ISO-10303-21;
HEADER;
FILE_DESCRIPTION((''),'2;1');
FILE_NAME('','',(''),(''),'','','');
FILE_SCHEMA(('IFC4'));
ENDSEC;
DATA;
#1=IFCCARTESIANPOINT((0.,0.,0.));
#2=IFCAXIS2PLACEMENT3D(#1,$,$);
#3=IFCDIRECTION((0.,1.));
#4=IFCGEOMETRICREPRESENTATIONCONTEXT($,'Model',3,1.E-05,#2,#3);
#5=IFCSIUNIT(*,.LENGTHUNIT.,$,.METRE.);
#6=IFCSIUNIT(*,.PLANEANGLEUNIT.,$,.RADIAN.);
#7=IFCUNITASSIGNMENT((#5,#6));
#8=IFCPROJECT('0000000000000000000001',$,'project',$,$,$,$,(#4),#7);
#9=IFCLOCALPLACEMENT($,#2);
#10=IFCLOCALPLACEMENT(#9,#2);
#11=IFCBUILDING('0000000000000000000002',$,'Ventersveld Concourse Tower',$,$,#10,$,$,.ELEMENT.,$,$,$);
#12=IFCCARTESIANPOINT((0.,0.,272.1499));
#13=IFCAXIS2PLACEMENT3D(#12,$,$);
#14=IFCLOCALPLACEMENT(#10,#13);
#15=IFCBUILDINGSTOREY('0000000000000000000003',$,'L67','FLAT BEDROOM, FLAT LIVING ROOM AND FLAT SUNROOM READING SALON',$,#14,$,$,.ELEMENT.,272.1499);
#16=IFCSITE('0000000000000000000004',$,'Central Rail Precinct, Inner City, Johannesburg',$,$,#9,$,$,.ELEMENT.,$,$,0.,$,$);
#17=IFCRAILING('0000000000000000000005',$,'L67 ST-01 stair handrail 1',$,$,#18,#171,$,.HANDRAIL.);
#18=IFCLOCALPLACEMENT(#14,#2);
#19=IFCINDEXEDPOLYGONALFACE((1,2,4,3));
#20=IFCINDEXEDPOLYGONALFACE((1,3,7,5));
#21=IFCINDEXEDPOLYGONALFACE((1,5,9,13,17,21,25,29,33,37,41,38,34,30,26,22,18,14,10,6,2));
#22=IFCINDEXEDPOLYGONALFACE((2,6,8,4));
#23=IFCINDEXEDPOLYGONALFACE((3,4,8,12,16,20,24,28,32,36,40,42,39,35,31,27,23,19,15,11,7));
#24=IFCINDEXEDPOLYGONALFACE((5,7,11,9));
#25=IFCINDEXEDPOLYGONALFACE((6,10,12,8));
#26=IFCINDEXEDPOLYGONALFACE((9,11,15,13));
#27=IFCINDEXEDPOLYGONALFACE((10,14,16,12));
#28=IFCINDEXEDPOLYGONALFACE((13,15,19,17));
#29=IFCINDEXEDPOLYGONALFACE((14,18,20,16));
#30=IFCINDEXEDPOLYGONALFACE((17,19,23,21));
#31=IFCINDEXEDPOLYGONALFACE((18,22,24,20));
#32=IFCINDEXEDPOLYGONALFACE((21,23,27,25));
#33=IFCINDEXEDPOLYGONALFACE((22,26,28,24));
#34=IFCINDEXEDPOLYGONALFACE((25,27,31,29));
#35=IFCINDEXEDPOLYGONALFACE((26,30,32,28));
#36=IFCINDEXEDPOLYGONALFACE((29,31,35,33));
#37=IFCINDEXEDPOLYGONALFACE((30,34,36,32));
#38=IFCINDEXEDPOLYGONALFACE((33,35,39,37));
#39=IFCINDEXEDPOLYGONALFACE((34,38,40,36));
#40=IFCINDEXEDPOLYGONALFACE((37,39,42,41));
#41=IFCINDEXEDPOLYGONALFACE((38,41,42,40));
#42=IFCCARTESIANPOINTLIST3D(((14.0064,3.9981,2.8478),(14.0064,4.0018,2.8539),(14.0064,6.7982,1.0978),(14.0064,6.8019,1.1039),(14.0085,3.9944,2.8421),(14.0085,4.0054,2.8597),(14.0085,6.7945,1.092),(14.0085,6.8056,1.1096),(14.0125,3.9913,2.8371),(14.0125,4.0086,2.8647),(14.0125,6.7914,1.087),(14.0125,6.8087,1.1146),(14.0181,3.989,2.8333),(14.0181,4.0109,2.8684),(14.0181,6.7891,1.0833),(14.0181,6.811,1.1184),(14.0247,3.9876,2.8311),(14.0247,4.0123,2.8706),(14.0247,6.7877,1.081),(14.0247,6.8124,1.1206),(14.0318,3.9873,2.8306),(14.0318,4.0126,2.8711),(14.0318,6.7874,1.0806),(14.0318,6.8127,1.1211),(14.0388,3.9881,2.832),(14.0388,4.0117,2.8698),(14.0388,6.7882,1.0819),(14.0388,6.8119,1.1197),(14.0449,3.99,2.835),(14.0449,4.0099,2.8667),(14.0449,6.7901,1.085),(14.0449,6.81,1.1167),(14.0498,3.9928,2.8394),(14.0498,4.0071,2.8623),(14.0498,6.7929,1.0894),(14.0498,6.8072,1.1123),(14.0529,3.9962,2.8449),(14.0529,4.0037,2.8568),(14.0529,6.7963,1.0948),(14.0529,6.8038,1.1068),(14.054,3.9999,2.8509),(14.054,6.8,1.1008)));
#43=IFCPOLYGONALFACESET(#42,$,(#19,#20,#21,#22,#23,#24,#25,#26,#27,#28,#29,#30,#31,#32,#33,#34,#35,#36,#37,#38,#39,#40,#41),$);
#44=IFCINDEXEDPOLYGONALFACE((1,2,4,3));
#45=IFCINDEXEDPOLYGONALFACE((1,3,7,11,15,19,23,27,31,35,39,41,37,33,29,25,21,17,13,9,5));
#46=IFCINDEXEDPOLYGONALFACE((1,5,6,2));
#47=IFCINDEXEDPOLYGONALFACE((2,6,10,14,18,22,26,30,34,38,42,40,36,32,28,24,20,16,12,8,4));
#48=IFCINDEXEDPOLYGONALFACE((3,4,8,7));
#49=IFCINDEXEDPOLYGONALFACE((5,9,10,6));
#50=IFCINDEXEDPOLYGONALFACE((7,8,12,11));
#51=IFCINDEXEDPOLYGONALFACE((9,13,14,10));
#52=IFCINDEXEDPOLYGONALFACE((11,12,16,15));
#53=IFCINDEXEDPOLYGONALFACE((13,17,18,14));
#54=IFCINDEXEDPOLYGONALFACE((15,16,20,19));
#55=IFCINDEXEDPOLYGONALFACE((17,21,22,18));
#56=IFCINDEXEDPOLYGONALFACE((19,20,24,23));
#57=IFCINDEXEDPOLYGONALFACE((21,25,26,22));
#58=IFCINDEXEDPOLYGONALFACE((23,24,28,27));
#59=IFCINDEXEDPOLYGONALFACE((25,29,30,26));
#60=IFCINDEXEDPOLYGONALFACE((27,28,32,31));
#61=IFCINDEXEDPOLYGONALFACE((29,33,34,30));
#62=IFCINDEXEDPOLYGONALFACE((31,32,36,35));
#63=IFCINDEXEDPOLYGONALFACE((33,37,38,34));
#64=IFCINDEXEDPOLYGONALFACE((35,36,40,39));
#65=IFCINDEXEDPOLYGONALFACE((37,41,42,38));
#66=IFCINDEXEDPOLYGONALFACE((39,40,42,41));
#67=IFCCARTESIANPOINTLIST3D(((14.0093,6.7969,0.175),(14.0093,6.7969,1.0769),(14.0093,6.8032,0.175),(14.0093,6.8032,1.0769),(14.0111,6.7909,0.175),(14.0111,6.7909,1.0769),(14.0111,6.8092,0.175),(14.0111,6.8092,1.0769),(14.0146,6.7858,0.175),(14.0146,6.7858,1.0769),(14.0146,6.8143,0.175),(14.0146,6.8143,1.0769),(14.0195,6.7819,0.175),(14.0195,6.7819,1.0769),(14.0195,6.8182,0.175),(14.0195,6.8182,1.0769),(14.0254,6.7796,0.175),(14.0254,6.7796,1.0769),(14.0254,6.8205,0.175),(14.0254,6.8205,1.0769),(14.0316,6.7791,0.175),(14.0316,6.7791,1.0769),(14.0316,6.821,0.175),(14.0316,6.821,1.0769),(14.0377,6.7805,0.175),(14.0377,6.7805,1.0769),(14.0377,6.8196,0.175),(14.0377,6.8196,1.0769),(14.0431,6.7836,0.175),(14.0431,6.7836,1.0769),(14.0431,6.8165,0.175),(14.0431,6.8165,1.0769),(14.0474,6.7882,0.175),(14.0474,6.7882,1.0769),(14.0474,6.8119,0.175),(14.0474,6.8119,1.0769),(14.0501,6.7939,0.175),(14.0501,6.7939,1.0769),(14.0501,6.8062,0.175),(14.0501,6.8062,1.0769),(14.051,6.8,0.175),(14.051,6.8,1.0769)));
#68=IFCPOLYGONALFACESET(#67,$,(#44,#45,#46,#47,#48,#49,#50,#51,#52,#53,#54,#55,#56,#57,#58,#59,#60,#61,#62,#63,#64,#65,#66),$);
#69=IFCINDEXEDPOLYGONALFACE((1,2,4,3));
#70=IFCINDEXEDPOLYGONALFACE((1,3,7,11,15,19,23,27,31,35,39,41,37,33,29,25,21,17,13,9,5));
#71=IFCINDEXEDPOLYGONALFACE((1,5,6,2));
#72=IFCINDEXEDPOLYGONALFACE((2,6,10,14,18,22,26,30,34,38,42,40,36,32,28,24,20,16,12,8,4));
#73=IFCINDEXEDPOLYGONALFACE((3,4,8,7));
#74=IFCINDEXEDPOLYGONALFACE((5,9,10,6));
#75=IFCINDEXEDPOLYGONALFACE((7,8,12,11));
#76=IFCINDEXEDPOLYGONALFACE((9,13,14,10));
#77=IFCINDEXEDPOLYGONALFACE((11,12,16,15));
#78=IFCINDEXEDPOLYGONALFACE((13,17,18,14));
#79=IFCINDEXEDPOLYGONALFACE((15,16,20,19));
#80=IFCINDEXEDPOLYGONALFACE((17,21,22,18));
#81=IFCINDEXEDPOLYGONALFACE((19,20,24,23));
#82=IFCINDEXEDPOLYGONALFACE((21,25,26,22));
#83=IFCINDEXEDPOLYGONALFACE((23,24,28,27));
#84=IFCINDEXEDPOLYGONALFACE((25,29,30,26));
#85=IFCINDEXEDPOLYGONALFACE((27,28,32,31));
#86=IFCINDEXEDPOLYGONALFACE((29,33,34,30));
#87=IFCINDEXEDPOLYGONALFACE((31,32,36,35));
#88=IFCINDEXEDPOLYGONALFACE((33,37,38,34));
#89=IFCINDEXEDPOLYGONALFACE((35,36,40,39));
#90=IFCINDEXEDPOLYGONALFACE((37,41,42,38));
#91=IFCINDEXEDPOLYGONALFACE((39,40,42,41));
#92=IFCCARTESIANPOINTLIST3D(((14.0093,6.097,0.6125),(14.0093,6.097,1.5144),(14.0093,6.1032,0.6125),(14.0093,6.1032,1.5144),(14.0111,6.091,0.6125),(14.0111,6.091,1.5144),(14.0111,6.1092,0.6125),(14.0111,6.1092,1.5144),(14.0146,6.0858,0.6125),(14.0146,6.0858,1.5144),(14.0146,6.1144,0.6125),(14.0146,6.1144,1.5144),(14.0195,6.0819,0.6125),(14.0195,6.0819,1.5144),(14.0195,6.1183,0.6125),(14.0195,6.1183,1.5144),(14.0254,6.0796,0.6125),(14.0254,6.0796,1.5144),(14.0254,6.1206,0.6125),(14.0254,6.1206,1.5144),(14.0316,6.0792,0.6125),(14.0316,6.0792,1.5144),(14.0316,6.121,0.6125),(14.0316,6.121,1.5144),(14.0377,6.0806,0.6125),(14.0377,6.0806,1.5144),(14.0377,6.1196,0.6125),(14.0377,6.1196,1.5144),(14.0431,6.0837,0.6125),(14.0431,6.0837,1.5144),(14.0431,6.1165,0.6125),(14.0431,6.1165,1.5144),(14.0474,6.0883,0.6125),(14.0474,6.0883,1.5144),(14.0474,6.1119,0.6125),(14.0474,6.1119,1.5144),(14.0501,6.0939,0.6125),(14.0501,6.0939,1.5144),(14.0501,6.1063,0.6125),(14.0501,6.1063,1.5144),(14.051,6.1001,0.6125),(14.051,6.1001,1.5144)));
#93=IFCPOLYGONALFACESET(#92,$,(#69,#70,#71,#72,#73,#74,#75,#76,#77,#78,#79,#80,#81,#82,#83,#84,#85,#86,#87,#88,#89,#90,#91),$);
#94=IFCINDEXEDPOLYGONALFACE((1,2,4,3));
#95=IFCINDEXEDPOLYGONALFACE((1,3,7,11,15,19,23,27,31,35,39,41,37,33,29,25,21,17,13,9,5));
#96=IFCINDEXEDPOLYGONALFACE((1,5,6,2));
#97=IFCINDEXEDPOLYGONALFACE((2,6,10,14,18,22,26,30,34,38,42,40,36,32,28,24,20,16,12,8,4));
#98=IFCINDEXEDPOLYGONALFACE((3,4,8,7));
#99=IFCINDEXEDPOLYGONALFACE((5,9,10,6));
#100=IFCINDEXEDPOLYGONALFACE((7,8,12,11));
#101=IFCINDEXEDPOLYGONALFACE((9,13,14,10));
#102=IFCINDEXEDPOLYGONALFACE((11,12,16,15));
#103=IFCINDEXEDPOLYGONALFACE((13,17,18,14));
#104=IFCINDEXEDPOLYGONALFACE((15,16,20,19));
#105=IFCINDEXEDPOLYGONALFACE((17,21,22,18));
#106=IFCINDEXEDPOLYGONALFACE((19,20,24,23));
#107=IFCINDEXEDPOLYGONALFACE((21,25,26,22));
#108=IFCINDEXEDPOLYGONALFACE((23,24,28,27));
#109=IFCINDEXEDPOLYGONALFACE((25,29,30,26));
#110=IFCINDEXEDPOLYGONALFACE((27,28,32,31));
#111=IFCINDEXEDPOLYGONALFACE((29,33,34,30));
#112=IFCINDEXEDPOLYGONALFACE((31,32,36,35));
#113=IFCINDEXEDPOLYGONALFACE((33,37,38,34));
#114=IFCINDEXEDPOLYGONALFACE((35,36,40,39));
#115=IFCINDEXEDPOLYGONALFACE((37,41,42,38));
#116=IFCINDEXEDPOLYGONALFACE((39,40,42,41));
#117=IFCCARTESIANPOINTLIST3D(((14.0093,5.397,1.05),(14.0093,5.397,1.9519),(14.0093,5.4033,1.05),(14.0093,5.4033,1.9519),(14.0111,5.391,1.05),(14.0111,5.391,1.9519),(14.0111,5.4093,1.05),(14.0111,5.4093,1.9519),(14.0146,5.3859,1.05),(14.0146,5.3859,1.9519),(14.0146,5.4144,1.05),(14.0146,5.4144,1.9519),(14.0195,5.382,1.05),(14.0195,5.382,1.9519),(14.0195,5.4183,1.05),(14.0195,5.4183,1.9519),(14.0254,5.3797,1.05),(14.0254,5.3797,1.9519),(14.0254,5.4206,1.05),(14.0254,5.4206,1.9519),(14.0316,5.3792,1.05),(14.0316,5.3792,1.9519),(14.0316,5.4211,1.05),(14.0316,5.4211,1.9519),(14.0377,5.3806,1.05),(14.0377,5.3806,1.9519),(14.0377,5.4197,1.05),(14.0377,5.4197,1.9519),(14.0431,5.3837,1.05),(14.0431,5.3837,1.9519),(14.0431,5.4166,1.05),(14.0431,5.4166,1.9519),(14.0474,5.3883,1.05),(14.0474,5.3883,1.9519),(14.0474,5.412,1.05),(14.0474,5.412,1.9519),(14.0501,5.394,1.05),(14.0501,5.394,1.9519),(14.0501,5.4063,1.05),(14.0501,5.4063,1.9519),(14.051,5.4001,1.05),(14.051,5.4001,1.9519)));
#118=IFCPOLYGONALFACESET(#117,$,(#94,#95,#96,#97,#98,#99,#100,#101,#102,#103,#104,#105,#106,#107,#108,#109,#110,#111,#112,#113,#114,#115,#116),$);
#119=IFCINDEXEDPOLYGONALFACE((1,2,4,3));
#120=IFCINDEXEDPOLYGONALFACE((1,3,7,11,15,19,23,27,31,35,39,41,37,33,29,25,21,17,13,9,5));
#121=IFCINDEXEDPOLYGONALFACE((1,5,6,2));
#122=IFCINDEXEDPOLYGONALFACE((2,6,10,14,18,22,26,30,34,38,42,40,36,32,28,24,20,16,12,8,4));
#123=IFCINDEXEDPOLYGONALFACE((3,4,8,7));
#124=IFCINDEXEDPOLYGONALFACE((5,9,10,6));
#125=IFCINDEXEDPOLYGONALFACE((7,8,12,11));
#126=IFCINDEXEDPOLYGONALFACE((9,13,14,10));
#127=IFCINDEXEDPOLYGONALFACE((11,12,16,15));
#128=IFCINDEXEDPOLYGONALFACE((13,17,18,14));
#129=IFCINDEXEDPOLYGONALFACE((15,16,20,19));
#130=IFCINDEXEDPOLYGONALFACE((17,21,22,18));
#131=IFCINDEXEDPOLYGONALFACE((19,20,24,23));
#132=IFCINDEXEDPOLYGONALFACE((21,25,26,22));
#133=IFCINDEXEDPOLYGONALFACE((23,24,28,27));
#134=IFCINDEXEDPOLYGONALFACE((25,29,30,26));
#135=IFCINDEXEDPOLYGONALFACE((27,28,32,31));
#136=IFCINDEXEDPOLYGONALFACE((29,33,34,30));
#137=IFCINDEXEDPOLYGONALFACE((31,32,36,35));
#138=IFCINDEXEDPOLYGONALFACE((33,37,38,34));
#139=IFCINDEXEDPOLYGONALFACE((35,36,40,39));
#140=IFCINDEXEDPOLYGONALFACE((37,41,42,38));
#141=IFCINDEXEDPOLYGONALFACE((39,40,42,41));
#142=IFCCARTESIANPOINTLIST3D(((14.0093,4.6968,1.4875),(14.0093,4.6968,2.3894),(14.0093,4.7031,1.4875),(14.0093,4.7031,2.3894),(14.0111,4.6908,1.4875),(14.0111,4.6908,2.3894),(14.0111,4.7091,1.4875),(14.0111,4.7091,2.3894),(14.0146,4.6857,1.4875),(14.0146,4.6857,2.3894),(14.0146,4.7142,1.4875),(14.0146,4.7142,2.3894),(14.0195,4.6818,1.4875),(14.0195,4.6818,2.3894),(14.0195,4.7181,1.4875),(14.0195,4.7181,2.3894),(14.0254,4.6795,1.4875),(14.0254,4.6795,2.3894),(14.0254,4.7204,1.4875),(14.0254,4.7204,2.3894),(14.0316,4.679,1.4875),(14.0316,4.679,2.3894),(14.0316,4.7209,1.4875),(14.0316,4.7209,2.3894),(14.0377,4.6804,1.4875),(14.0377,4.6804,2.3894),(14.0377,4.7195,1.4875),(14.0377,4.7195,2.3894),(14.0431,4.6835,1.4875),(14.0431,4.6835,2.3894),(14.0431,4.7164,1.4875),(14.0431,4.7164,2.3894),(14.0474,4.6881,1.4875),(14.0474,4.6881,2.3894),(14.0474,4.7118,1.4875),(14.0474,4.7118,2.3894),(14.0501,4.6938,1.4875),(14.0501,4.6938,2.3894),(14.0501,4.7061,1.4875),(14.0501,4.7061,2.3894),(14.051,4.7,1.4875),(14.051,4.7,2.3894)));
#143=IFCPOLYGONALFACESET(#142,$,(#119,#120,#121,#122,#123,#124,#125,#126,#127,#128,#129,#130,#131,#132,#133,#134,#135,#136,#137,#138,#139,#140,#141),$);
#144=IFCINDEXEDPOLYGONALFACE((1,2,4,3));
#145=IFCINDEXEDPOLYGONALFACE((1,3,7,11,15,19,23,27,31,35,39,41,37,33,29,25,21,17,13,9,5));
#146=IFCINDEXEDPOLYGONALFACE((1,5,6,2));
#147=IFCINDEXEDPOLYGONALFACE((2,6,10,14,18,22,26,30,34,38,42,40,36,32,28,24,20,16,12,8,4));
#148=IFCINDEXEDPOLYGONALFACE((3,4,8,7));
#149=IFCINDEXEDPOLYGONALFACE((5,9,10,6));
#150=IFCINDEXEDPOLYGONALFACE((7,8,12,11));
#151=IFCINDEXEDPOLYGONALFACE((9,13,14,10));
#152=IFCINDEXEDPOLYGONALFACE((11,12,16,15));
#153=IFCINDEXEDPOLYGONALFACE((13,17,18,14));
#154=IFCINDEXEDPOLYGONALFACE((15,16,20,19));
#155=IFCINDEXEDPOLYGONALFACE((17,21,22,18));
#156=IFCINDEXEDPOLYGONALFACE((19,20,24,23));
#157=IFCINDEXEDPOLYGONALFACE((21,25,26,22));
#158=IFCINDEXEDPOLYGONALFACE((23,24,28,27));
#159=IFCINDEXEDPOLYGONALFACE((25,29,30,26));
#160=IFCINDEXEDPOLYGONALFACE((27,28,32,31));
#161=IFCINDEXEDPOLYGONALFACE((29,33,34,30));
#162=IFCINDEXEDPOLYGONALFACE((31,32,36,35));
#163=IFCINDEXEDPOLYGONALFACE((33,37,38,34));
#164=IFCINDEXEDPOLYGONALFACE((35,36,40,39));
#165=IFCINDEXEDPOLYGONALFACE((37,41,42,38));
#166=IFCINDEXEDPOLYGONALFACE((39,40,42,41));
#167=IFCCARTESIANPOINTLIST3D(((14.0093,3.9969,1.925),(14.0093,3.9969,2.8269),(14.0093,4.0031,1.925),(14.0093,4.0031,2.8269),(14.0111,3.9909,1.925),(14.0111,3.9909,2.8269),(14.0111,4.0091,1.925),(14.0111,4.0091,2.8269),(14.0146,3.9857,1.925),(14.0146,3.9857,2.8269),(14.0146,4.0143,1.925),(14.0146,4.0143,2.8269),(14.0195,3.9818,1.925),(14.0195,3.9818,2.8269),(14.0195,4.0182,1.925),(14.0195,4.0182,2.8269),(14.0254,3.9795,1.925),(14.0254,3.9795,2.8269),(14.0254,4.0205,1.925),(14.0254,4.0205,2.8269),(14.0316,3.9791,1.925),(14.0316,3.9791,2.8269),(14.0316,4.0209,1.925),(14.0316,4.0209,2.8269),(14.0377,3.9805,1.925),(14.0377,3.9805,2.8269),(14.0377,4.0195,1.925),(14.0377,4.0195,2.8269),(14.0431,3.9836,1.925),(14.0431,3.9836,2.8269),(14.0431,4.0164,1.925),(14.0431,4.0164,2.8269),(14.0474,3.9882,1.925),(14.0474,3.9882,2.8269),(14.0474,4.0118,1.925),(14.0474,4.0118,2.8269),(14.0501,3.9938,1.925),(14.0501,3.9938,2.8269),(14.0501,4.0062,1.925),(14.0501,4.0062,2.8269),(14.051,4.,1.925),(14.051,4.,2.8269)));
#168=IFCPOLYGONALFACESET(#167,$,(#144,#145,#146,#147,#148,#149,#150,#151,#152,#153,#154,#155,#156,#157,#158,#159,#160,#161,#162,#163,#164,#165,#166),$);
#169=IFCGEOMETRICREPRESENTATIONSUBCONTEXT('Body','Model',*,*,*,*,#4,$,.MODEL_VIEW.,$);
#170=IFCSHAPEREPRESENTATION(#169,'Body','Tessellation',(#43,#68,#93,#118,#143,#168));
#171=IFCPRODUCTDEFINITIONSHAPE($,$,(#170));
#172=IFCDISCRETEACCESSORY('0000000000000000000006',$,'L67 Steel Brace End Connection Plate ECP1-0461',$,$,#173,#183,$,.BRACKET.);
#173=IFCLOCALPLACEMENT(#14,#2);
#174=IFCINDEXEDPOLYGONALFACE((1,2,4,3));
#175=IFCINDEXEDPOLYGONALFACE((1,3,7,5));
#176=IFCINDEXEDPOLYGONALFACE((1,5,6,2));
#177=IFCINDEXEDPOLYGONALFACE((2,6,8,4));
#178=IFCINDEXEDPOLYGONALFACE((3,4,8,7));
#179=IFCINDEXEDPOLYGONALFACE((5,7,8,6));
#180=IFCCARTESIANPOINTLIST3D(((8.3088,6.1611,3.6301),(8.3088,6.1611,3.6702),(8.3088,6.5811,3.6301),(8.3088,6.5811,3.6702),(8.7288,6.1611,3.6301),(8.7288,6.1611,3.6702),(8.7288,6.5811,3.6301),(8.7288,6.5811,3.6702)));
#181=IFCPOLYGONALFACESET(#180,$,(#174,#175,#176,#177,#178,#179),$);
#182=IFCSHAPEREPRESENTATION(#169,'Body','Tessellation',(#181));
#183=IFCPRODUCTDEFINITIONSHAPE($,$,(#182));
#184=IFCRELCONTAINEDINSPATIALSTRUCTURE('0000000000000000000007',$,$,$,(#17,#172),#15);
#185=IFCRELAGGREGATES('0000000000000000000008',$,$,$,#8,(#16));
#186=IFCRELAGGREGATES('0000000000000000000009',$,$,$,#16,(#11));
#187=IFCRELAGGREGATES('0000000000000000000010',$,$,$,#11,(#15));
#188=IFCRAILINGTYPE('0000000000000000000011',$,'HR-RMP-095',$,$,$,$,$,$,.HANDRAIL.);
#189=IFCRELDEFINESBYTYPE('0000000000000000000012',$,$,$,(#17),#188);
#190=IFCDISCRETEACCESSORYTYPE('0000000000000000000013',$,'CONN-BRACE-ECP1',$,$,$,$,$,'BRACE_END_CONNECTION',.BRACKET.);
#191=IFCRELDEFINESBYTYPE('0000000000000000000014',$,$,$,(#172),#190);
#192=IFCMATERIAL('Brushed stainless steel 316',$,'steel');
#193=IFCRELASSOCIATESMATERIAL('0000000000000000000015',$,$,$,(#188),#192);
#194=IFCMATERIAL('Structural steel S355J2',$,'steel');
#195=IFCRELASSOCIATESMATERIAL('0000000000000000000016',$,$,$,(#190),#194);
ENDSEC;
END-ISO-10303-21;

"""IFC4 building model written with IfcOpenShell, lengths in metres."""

from ifc_helpers import new_model, si_unit, direction, frame, origin, origin_2d, place, context, subcontext, project, spatial, rectangle, circle, extrude, material, type_object, element, save


model = new_model("IFC4")

# Units and contexts
model_context = context("Model", 3, precision=1e-05, world=origin(), true_north=direction((0.0, 1.0)))
body_context = subcontext(model_context, "Body", "Model", "MODEL_VIEW")
ifc_project = project(units=[si_unit("LENGTHUNIT", "METRE"), si_unit("PLANEANGLEUNIT", "RADIAN")], contexts=[model_context])

# Site, building, storey
site_placement = place(None, origin())
site = spatial("IfcSite", under=ifc_project, at=site_placement, Name="Central Rail Precinct, Inner City, Johannesburg", CompositionType="ELEMENT", RefElevation=0.0)
building_placement = place(site_placement, origin())
building = spatial("IfcBuilding", under=site, at=building_placement, Name="Ventersveld Concourse Tower", CompositionType="ELEMENT")
storey_placement = place(building_placement, frame((0.0, 0.0, 272.1499)))
storey = spatial("IfcBuildingStorey", under=building, at=storey_placement, Name="L67", Description="FLAT BEDROOM, FLAT LIVING ROOM AND FLAT SUNROOM READING SALON", CompositionType="ELEMENT", Elevation=272.1499)

# Shared definitions
ifc_material_1 = material(Name="Structural steel S355J2", Category="steel")

# Railing
ifc_material_2 = material(Name="Brushed stainless steel 316", Category="steel")
railing_type = type_object("IfcRailingType", Name="HR-RMP-095", PredefinedType="HANDRAIL", material=ifc_material_2)
railing_placement = place(storey_placement, frame((14.03, 6.8, 0.175)))
element("IfcRailing", 1, at=railing_placement, inside=storey, type_object=railing_type, Name="L67 ST-01 stair handrail 1", PredefinedType="HANDRAIL", context=body_context, shape_type="SweptSolid", body=[
    extrude(circle(Radius=0.0239, at=origin_2d()), frame((0.0, 0.0, 0.9258), z_axis=(0.0, -0.848002, 0.529992), x_axis=(1.0, 0.0, 0.0)), (0.0, 0.0, 1.0), 3.302),
    extrude(circle(Radius=0.021, at=origin_2d()), origin(), (0.0, 0.0, 1.0), 0.9019),
    extrude(circle(Radius=0.021, at=origin_2d()), frame((0.0, -0.7, 0.4375)), (0.0, 0.0, 1.0), 0.9019),
    extrude(circle(Radius=0.021, at=origin_2d()), frame((0.0, -1.3999, 0.875)), (0.0, 0.0, 1.0), 0.9019),
    extrude(circle(Radius=0.021, at=origin_2d()), frame((0.0, -2.1001, 1.3125)), (0.0, 0.0, 1.0), 0.9019),
    extrude(circle(Radius=0.021, at=origin_2d()), frame((0.0, -2.8, 1.75)), (0.0, 0.0, 1.0), 0.9019),
])

# Discrete accessory
discrete_accessory_type = type_object("IfcDiscreteAccessoryType", Name="CONN-BRACE-ECP1", ElementType="BRACE_END_CONNECTION", PredefinedType="BRACKET", material=ifc_material_1)
discrete_accessory_placement = place(storey_placement, frame((8.5188, 6.3711, 3.6301), z_axis=(0.0, 0.0, 1.0), x_axis=(1.0, 0.0, 0.0)))
element("IfcDiscreteAccessory", 2, at=discrete_accessory_placement, inside=storey, type_object=discrete_accessory_type, Name="L67 Steel Brace End Connection Plate ECP1-0461", PredefinedType="BRACKET", context=body_context, shape_type="SweptSolid", body=[
    extrude(rectangle(XDim=0.4199, YDim=0.4199, at=origin_2d()), origin(), (0.0, 0.0, 1.0), 0.04),
])

save(model, "model.ifc")
